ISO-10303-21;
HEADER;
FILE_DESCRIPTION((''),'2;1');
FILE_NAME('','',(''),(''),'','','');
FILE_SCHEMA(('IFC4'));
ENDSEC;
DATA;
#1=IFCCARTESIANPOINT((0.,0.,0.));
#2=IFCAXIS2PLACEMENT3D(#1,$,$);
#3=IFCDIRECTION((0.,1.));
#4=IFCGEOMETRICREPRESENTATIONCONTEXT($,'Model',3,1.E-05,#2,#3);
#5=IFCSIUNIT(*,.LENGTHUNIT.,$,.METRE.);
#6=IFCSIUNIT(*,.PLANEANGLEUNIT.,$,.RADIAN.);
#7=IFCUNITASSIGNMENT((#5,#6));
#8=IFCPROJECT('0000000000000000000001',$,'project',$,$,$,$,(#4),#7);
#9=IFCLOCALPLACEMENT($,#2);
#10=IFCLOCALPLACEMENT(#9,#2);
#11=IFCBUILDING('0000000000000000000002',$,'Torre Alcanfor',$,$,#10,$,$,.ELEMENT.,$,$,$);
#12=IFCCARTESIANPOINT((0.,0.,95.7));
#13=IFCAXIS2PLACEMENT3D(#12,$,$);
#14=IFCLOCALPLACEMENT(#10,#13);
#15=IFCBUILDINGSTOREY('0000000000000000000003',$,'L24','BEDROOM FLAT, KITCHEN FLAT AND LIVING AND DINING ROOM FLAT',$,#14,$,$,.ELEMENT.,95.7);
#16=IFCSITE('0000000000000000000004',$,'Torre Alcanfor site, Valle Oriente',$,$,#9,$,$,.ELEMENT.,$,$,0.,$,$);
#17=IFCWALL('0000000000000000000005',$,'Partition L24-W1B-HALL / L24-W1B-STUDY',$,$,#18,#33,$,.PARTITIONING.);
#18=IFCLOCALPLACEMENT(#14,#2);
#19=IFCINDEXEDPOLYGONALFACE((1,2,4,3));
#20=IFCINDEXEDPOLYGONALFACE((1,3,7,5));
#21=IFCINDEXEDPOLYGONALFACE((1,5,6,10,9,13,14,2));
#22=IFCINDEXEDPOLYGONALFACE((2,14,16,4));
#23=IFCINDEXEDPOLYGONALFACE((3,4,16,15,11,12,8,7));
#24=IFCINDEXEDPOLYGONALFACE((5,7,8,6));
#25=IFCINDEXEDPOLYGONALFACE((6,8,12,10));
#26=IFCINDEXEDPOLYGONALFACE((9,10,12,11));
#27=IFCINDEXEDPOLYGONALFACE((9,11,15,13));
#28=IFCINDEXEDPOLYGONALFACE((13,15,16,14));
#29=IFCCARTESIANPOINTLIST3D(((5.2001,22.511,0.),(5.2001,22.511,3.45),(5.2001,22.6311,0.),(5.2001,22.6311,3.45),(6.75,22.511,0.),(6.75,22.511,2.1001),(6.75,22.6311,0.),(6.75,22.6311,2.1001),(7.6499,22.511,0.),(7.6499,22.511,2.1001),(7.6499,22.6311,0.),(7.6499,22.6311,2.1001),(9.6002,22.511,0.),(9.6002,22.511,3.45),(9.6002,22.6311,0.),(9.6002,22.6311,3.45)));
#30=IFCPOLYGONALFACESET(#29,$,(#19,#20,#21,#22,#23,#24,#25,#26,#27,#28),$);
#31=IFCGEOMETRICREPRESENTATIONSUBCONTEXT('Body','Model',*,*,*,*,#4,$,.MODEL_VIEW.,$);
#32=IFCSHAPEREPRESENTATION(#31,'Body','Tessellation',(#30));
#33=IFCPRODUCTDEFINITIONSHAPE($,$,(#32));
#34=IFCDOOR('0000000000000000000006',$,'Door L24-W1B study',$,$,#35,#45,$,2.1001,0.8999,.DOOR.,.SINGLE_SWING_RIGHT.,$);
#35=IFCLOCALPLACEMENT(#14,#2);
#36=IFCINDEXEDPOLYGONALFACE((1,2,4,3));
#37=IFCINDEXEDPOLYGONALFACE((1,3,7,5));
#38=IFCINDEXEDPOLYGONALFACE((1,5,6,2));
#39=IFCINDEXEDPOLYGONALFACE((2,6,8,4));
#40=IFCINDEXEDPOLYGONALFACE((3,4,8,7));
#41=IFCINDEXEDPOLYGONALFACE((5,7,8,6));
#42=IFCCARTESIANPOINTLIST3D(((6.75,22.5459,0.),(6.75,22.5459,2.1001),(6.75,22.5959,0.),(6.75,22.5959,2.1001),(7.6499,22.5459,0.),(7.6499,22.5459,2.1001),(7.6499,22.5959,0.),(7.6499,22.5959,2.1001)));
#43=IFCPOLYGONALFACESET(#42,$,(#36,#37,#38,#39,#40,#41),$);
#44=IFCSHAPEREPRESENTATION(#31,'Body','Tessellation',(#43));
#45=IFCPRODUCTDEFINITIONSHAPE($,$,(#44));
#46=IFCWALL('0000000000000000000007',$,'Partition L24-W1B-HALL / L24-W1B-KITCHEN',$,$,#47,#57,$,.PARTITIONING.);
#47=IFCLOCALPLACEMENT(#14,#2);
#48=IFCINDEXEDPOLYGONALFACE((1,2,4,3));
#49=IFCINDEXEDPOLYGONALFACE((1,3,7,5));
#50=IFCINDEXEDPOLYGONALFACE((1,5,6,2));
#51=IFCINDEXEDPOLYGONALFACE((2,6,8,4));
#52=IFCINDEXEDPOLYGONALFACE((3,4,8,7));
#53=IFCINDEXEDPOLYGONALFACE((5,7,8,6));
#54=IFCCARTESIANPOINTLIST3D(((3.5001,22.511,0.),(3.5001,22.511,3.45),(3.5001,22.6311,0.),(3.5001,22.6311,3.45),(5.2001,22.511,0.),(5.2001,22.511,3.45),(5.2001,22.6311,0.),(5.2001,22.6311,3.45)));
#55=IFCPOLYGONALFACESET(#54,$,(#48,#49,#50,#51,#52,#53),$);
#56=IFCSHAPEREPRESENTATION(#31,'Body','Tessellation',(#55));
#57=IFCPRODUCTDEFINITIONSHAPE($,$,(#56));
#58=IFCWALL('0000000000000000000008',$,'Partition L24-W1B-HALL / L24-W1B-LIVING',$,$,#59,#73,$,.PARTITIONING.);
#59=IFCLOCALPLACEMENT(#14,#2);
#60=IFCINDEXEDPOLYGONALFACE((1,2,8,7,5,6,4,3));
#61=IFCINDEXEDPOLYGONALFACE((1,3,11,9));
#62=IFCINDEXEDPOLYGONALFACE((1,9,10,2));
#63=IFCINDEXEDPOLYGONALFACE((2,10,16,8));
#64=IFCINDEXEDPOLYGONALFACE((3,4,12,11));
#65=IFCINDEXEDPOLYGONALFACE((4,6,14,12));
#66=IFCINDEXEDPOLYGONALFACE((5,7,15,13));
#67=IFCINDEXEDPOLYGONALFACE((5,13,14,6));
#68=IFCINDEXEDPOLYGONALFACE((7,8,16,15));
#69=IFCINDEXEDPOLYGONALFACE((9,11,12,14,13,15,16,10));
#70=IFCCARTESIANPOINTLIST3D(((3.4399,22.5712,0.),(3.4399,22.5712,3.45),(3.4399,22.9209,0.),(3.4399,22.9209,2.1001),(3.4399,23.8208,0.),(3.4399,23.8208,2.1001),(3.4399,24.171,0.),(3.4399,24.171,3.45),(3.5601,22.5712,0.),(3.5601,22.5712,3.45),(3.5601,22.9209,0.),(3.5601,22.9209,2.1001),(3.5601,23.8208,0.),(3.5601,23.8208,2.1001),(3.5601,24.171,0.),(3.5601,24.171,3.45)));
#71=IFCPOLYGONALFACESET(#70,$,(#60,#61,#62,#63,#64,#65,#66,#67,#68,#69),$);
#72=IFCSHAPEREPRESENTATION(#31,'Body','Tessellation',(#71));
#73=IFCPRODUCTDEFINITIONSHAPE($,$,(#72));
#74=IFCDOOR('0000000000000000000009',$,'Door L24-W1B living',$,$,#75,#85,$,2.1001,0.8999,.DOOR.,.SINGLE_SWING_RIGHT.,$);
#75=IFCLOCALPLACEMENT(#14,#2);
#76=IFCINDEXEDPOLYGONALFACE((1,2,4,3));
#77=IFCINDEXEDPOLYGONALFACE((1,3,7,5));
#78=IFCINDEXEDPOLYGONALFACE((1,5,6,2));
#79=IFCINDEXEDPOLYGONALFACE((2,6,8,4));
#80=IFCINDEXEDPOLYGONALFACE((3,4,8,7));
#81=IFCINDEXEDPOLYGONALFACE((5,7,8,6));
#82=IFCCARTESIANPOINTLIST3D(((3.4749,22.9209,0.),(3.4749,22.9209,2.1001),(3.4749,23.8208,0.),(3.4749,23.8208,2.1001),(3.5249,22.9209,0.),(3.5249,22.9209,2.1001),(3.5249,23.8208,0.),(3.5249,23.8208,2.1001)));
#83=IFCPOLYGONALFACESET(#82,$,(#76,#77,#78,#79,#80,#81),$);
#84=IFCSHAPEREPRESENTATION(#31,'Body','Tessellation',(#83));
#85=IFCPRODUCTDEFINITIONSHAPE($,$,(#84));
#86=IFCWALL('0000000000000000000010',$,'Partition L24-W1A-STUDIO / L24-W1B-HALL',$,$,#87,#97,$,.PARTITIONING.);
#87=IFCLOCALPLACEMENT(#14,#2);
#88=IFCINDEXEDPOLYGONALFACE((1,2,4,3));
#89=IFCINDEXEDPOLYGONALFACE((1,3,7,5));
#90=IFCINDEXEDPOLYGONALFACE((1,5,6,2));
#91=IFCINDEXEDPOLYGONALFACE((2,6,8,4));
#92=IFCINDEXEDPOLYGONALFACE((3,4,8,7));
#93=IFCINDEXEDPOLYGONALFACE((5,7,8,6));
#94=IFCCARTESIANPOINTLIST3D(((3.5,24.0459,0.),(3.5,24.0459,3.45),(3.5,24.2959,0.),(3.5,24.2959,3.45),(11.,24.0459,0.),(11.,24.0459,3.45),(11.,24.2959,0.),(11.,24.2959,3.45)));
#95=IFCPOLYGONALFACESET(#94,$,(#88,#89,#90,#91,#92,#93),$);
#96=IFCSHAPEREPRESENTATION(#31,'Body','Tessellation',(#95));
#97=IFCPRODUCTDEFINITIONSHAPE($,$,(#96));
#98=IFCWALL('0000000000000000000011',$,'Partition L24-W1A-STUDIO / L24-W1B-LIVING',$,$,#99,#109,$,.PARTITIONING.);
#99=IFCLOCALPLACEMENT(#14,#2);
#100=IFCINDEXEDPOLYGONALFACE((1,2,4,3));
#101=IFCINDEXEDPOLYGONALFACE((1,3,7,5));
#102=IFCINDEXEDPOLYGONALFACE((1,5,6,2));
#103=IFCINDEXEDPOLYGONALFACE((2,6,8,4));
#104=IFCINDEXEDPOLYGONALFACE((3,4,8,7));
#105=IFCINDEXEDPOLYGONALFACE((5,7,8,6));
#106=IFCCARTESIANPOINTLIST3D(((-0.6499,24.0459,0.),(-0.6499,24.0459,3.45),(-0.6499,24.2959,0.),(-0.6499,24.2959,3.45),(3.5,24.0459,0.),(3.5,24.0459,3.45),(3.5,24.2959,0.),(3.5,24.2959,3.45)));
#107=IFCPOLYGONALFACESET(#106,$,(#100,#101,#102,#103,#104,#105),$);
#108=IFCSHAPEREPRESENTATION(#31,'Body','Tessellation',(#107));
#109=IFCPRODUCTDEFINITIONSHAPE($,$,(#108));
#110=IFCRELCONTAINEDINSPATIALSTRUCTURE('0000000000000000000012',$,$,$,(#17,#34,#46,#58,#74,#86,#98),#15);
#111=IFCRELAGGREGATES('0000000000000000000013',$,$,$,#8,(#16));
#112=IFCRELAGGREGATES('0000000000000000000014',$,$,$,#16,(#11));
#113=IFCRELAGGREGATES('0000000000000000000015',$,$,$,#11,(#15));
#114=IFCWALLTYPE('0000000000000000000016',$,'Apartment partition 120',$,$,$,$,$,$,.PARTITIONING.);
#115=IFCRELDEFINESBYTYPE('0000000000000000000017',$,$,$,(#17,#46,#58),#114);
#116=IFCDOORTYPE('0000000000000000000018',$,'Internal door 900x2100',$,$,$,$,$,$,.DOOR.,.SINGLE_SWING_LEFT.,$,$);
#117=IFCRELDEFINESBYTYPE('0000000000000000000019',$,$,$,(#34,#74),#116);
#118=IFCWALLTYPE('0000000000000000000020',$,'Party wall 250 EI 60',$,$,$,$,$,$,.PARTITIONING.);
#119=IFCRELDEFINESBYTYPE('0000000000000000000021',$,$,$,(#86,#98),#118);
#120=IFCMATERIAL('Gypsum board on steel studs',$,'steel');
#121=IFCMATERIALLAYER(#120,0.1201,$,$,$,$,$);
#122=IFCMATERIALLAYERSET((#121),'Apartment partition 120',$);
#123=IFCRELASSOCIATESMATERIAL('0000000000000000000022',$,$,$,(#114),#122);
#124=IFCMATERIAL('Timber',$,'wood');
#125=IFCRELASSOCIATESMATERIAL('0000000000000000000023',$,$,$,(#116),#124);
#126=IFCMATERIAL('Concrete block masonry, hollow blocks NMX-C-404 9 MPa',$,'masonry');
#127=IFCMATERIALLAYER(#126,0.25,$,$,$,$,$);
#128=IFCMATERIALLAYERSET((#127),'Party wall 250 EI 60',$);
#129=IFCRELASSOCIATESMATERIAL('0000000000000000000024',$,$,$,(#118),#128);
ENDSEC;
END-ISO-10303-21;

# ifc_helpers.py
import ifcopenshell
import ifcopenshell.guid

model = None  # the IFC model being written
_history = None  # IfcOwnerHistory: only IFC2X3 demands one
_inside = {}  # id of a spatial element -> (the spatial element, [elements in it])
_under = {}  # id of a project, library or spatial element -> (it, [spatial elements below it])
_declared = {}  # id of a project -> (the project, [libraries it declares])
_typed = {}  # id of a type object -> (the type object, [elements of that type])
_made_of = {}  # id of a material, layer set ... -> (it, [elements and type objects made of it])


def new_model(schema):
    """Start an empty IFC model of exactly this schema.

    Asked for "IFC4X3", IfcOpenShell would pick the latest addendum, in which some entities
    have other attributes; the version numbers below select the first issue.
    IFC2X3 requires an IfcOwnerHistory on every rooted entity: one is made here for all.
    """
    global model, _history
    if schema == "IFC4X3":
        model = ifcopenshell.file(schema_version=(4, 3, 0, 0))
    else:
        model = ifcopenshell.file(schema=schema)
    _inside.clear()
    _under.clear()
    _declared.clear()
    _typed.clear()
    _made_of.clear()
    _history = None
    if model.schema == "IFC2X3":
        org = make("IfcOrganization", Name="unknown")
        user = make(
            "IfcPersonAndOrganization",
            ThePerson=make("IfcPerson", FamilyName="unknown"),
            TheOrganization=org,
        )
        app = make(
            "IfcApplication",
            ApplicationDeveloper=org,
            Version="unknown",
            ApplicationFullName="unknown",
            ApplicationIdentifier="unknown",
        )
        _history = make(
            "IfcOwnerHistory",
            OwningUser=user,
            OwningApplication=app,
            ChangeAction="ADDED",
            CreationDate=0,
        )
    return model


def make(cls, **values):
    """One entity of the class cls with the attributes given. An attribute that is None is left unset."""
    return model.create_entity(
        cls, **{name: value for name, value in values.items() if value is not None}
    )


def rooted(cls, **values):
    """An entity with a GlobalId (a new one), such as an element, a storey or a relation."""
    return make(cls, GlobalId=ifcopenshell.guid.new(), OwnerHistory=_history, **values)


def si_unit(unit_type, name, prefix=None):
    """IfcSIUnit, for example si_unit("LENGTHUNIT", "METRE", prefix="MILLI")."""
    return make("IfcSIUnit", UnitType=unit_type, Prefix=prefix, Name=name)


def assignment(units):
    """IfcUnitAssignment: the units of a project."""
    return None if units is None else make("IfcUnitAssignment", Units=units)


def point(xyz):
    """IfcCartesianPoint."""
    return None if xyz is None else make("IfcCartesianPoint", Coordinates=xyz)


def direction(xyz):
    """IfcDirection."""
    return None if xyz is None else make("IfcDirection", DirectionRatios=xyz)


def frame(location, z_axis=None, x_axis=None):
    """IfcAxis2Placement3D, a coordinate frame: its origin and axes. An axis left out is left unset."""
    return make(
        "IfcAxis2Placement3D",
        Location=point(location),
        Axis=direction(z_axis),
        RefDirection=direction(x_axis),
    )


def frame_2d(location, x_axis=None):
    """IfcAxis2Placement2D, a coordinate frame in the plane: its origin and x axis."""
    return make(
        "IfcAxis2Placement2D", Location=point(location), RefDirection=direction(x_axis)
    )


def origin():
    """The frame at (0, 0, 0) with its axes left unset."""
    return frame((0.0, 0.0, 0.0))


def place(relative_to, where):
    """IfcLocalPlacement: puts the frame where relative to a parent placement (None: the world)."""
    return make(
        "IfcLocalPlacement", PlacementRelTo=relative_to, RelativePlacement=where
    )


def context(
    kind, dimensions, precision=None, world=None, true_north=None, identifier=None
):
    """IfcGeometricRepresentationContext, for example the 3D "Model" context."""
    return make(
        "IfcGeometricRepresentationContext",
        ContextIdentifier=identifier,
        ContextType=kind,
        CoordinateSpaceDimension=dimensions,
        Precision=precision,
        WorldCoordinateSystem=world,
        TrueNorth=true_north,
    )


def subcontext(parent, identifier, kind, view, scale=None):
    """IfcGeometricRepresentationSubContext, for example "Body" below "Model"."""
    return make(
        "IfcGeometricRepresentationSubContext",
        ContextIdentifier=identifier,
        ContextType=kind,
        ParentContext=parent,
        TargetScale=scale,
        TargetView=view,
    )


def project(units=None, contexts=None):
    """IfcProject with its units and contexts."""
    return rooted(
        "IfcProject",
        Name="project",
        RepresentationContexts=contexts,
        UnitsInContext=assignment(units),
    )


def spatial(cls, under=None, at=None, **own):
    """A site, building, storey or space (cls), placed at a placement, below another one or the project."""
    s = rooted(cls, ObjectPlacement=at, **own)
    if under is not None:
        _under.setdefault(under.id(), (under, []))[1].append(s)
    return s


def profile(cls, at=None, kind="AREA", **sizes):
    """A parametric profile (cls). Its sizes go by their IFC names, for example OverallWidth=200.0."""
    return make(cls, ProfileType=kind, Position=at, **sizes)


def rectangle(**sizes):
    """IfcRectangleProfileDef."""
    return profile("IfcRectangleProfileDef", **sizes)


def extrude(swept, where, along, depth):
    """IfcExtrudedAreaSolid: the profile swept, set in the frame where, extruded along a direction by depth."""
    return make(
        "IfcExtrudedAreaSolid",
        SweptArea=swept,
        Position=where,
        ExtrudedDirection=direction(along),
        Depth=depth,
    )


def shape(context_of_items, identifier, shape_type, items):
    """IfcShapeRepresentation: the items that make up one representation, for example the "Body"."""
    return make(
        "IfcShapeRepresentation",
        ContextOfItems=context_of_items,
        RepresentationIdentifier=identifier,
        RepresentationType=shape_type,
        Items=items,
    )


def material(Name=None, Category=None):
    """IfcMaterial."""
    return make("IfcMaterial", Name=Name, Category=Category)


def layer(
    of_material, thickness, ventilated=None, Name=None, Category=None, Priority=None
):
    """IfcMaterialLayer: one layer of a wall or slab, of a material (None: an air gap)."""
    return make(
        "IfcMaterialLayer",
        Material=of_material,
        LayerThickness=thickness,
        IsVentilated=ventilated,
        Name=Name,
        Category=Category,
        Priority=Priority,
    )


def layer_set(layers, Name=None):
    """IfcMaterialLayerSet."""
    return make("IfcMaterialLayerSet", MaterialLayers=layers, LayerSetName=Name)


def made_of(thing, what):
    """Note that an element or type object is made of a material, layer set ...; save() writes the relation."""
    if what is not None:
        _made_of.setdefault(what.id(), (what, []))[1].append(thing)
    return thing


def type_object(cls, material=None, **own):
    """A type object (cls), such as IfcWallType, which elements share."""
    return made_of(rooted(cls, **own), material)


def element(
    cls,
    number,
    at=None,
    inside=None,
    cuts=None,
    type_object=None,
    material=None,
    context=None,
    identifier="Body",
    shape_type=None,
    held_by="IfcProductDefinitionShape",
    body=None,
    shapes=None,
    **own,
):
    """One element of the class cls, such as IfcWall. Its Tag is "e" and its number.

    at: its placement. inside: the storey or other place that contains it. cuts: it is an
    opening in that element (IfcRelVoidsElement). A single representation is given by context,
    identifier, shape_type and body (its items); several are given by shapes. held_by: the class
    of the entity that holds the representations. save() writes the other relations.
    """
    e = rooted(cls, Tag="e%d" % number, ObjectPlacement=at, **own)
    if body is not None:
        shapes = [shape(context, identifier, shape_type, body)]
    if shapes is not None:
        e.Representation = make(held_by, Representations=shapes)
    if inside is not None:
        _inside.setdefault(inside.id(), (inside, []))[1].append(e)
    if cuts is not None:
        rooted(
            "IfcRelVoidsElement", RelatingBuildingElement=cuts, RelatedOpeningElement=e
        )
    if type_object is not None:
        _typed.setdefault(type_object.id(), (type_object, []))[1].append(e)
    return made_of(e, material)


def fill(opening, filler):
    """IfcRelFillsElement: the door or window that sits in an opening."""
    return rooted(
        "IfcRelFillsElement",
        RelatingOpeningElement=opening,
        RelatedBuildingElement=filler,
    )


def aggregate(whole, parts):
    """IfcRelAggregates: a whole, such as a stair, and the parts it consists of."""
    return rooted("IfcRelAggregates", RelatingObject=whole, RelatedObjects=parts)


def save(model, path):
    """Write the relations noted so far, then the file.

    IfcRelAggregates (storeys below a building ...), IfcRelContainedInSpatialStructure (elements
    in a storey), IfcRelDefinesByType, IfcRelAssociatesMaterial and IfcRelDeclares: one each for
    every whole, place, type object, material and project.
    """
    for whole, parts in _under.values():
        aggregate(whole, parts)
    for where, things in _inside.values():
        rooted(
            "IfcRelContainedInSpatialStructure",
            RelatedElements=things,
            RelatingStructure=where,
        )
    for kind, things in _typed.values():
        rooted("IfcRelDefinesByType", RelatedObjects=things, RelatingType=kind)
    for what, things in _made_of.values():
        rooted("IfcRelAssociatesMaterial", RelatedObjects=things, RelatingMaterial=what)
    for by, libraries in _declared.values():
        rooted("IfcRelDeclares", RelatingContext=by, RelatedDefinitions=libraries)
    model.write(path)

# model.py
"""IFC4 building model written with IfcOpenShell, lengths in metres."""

from ifc_helpers import new_model, si_unit, direction, frame, frame_2d, origin, place, context, subcontext, project, spatial, rectangle, extrude, material, layer, layer_set, type_object, element, fill, save


model = new_model("IFC4")

# Units and contexts
model_context = context("Model", 3, precision=1e-05, world=origin(), true_north=direction((0.0, 1.0)))
body_context = subcontext(model_context, "Body", "Model", "MODEL_VIEW")
ifc_project = project(units=[si_unit("LENGTHUNIT", "METRE"), si_unit("PLANEANGLEUNIT", "RADIAN")], contexts=[model_context])

# Site, building, storey
site_placement = place(None, origin())
site = spatial("IfcSite", under=ifc_project, at=site_placement, Name="Torre Alcanfor site, Valle Oriente", CompositionType="ELEMENT", RefElevation=0.0)
building_placement = place(site_placement, origin())
building = spatial("IfcBuilding", under=site, at=building_placement, Name="Torre Alcanfor", CompositionType="ELEMENT")
storey_placement = place(building_placement, frame((0.0, 0.0, 95.7)))
storey = spatial("IfcBuildingStorey", under=building, at=storey_placement, Name="L24", Description="BEDROOM FLAT, KITCHEN FLAT AND LIVING AND DINING ROOM FLAT", CompositionType="ELEMENT", Elevation=95.7)

# Wall, opening, door
ifc_material_1 = material(Name="Gypsum board on steel studs", Category="steel")
ifc_layer_1 = layer(ifc_material_1, 0.1201)
ifc_layer_set_1 = layer_set([ifc_layer_1], Name="Apartment partition 120")
wall_type_1 = type_object("IfcWallType", Name="Apartment partition 120", PredefinedType="PARTITIONING", material=ifc_layer_set_1)
wall_1_placement = place(storey_placement, frame((5.2, 22.571, 0.0), z_axis=(0.0, 0.0, 1.0), x_axis=(1.0, 0.0, 0.0)))
wall_1 = element("IfcWall", 1, at=wall_1_placement, inside=storey, type_object=wall_type_1, Name="Partition L24-W1B-HALL / L24-W1B-STUDY", PredefinedType="PARTITIONING", context=body_context, shape_type="SweptSolid", body=[
    extrude(rectangle(XDim=4.4001, YDim=0.1201, at=frame_2d((2.2002, 0.0))), origin(), (0.0, 0.0, 1.0), 3.45),
])
opening_1_placement = place(wall_1_placement, frame((1.55, 0.0, 0.0)))
opening_1 = element("IfcOpeningElement", 2, at=opening_1_placement, cuts=wall_1, PredefinedType="OPENING", context=body_context, shape_type="SweptSolid", body=[
    extrude(rectangle(XDim=0.8999, YDim=2.1001, at=frame_2d((0.45, 1.05))), frame((0.0, 0.0701, 0.0), z_axis=(0.0, -1.0, 0.0), x_axis=(1.0, 0.0, 0.0)), (0.0, 0.0, 1.0), 0.1401),
])
ifc_material_2 = material(Name="Timber", Category="wood")
door_type = type_object("IfcDoorType", Name="Internal door 900x2100", OperationType="SINGLE_SWING_LEFT", PredefinedType="DOOR", material=ifc_material_2)
door_1_placement = place(opening_1_placement, frame((0.8999, 0.0, 0.0), z_axis=(0.0, 0.0, 1.0), x_axis=(-1.0, 0.0, 0.0)))
door_1 = element("IfcDoor", 3, at=door_1_placement, inside=storey, type_object=door_type, Name="Door L24-W1B study", OperationType="SINGLE_SWING_RIGHT", OverallHeight=2.1001, OverallWidth=0.8999, PredefinedType="DOOR", context=body_context, shape_type="SweptSolid", body=[
    extrude(rectangle(XDim=0.8999, YDim=2.1001, at=frame_2d((0.45, 1.05))), frame((0.0, 0.0251, 0.0), z_axis=(0.0, -1.0, 0.0), x_axis=(1.0, 0.0, 0.0)), (0.0, 0.0, 1.0), 0.05),
])
fill(opening_1, door_1)

# Wall
wall_2_placement = place(storey_placement, frame((3.5, 22.571, 0.0), z_axis=(0.0, 0.0, 1.0), x_axis=(1.0, 0.0, 0.0)))
element("IfcWall", 4, at=wall_2_placement, inside=storey, type_object=wall_type_1, Name="Partition L24-W1B-HALL / L24-W1B-KITCHEN", PredefinedType="PARTITIONING", context=body_context, shape_type="SweptSolid", body=[
    extrude(rectangle(XDim=1.7, YDim=0.1201, at=frame_2d((0.8501, 0.0))), origin(), (0.0, 0.0, 1.0), 3.45),
])

# Wall, opening, door
wall_3_placement = place(storey_placement, frame((3.5, 24.1709, 0.0), z_axis=(0.0, 0.0, 1.0), x_axis=(0.0, -1.0, 0.0)))
wall_3 = element("IfcWall", 5, at=wall_3_placement, inside=storey, type_object=wall_type_1, Name="Partition L24-W1B-HALL / L24-W1B-LIVING", PredefinedType="PARTITIONING", context=body_context, shape_type="SweptSolid", body=[
    extrude(rectangle(XDim=1.5999, YDim=0.1201, at=frame_2d((0.7998, 0.0))), origin(), (0.0, 0.0, 1.0), 3.45),
])
opening_2_placement = place(wall_3_placement, frame((0.3501, 0.0, 0.0)))
opening_2 = element("IfcOpeningElement", 6, at=opening_2_placement, cuts=wall_3, PredefinedType="OPENING", context=body_context, shape_type="SweptSolid", body=[
    extrude(rectangle(XDim=0.8999, YDim=2.1001, at=frame_2d((0.45, 1.05))), frame((0.0, 0.0701, 0.0), z_axis=(0.0, -1.0, 0.0), x_axis=(1.0, 0.0, 0.0)), (0.0, 0.0, 1.0), 0.1401),
])
door_2_placement = place(opening_2_placement, frame((0.8999, 0.0, 0.0), z_axis=(0.0, 0.0, 1.0), x_axis=(-1.0, 0.0, 0.0)))
door_2 = element("IfcDoor", 7, at=door_2_placement, inside=storey, type_object=door_type, Name="Door L24-W1B living", OperationType="SINGLE_SWING_RIGHT", OverallHeight=2.1001, OverallWidth=0.8999, PredefinedType="DOOR", context=body_context, shape_type="SweptSolid", body=[
    extrude(rectangle(XDim=0.8999, YDim=2.1001, at=frame_2d((0.45, 1.05))), frame((0.0, 0.0251, 0.0), z_axis=(0.0, -1.0, 0.0), x_axis=(1.0, 0.0, 0.0)), (0.0, 0.0, 1.0), 0.05),
])
fill(opening_2, door_2)

# Walls
ifc_material_3 = material(Name="Concrete block masonry, hollow blocks NMX-C-404 9 MPa", Category="masonry")
ifc_layer_2 = layer(ifc_material_3, 0.25)
ifc_layer_set_2 = layer_set([ifc_layer_2], Name="Party wall 250 EI 60")
wall_type_2 = type_object("IfcWallType", Name="Party wall 250 EI 60", PredefinedType="PARTITIONING", material=ifc_layer_set_2)
wall_4_placement = place(storey_placement, frame((3.5, 24.1709, 0.0), z_axis=(0.0, 0.0, 1.0), x_axis=(1.0, 0.0, 0.0)))
element("IfcWall", 8, at=wall_4_placement, inside=storey, type_object=wall_type_2, Name="Partition L24-W1A-STUDIO / L24-W1B-HALL", PredefinedType="PARTITIONING", context=body_context, shape_type="SweptSolid", body=[
    extrude(rectangle(XDim=7.5, YDim=0.25, at=frame_2d((3.75, 0.0))), origin(), (0.0, 0.0, 1.0), 3.45),
])
wall_5_placement = place(storey_placement, frame((-0.6499, 24.1709, 0.0), z_axis=(0.0, 0.0, 1.0), x_axis=(1.0, 0.0, 0.0)))
element("IfcWall", 9, at=wall_5_placement, inside=storey, type_object=wall_type_2, Name="Partition L24-W1A-STUDIO / L24-W1B-LIVING", PredefinedType="PARTITIONING", context=body_context, shape_type="SweptSolid", body=[
    extrude(rectangle(XDim=4.1499, YDim=0.25, at=frame_2d((2.075, 0.0))), origin(), (0.0, 0.0, 1.0), 3.45),
])

save(model, "model.ifc")
